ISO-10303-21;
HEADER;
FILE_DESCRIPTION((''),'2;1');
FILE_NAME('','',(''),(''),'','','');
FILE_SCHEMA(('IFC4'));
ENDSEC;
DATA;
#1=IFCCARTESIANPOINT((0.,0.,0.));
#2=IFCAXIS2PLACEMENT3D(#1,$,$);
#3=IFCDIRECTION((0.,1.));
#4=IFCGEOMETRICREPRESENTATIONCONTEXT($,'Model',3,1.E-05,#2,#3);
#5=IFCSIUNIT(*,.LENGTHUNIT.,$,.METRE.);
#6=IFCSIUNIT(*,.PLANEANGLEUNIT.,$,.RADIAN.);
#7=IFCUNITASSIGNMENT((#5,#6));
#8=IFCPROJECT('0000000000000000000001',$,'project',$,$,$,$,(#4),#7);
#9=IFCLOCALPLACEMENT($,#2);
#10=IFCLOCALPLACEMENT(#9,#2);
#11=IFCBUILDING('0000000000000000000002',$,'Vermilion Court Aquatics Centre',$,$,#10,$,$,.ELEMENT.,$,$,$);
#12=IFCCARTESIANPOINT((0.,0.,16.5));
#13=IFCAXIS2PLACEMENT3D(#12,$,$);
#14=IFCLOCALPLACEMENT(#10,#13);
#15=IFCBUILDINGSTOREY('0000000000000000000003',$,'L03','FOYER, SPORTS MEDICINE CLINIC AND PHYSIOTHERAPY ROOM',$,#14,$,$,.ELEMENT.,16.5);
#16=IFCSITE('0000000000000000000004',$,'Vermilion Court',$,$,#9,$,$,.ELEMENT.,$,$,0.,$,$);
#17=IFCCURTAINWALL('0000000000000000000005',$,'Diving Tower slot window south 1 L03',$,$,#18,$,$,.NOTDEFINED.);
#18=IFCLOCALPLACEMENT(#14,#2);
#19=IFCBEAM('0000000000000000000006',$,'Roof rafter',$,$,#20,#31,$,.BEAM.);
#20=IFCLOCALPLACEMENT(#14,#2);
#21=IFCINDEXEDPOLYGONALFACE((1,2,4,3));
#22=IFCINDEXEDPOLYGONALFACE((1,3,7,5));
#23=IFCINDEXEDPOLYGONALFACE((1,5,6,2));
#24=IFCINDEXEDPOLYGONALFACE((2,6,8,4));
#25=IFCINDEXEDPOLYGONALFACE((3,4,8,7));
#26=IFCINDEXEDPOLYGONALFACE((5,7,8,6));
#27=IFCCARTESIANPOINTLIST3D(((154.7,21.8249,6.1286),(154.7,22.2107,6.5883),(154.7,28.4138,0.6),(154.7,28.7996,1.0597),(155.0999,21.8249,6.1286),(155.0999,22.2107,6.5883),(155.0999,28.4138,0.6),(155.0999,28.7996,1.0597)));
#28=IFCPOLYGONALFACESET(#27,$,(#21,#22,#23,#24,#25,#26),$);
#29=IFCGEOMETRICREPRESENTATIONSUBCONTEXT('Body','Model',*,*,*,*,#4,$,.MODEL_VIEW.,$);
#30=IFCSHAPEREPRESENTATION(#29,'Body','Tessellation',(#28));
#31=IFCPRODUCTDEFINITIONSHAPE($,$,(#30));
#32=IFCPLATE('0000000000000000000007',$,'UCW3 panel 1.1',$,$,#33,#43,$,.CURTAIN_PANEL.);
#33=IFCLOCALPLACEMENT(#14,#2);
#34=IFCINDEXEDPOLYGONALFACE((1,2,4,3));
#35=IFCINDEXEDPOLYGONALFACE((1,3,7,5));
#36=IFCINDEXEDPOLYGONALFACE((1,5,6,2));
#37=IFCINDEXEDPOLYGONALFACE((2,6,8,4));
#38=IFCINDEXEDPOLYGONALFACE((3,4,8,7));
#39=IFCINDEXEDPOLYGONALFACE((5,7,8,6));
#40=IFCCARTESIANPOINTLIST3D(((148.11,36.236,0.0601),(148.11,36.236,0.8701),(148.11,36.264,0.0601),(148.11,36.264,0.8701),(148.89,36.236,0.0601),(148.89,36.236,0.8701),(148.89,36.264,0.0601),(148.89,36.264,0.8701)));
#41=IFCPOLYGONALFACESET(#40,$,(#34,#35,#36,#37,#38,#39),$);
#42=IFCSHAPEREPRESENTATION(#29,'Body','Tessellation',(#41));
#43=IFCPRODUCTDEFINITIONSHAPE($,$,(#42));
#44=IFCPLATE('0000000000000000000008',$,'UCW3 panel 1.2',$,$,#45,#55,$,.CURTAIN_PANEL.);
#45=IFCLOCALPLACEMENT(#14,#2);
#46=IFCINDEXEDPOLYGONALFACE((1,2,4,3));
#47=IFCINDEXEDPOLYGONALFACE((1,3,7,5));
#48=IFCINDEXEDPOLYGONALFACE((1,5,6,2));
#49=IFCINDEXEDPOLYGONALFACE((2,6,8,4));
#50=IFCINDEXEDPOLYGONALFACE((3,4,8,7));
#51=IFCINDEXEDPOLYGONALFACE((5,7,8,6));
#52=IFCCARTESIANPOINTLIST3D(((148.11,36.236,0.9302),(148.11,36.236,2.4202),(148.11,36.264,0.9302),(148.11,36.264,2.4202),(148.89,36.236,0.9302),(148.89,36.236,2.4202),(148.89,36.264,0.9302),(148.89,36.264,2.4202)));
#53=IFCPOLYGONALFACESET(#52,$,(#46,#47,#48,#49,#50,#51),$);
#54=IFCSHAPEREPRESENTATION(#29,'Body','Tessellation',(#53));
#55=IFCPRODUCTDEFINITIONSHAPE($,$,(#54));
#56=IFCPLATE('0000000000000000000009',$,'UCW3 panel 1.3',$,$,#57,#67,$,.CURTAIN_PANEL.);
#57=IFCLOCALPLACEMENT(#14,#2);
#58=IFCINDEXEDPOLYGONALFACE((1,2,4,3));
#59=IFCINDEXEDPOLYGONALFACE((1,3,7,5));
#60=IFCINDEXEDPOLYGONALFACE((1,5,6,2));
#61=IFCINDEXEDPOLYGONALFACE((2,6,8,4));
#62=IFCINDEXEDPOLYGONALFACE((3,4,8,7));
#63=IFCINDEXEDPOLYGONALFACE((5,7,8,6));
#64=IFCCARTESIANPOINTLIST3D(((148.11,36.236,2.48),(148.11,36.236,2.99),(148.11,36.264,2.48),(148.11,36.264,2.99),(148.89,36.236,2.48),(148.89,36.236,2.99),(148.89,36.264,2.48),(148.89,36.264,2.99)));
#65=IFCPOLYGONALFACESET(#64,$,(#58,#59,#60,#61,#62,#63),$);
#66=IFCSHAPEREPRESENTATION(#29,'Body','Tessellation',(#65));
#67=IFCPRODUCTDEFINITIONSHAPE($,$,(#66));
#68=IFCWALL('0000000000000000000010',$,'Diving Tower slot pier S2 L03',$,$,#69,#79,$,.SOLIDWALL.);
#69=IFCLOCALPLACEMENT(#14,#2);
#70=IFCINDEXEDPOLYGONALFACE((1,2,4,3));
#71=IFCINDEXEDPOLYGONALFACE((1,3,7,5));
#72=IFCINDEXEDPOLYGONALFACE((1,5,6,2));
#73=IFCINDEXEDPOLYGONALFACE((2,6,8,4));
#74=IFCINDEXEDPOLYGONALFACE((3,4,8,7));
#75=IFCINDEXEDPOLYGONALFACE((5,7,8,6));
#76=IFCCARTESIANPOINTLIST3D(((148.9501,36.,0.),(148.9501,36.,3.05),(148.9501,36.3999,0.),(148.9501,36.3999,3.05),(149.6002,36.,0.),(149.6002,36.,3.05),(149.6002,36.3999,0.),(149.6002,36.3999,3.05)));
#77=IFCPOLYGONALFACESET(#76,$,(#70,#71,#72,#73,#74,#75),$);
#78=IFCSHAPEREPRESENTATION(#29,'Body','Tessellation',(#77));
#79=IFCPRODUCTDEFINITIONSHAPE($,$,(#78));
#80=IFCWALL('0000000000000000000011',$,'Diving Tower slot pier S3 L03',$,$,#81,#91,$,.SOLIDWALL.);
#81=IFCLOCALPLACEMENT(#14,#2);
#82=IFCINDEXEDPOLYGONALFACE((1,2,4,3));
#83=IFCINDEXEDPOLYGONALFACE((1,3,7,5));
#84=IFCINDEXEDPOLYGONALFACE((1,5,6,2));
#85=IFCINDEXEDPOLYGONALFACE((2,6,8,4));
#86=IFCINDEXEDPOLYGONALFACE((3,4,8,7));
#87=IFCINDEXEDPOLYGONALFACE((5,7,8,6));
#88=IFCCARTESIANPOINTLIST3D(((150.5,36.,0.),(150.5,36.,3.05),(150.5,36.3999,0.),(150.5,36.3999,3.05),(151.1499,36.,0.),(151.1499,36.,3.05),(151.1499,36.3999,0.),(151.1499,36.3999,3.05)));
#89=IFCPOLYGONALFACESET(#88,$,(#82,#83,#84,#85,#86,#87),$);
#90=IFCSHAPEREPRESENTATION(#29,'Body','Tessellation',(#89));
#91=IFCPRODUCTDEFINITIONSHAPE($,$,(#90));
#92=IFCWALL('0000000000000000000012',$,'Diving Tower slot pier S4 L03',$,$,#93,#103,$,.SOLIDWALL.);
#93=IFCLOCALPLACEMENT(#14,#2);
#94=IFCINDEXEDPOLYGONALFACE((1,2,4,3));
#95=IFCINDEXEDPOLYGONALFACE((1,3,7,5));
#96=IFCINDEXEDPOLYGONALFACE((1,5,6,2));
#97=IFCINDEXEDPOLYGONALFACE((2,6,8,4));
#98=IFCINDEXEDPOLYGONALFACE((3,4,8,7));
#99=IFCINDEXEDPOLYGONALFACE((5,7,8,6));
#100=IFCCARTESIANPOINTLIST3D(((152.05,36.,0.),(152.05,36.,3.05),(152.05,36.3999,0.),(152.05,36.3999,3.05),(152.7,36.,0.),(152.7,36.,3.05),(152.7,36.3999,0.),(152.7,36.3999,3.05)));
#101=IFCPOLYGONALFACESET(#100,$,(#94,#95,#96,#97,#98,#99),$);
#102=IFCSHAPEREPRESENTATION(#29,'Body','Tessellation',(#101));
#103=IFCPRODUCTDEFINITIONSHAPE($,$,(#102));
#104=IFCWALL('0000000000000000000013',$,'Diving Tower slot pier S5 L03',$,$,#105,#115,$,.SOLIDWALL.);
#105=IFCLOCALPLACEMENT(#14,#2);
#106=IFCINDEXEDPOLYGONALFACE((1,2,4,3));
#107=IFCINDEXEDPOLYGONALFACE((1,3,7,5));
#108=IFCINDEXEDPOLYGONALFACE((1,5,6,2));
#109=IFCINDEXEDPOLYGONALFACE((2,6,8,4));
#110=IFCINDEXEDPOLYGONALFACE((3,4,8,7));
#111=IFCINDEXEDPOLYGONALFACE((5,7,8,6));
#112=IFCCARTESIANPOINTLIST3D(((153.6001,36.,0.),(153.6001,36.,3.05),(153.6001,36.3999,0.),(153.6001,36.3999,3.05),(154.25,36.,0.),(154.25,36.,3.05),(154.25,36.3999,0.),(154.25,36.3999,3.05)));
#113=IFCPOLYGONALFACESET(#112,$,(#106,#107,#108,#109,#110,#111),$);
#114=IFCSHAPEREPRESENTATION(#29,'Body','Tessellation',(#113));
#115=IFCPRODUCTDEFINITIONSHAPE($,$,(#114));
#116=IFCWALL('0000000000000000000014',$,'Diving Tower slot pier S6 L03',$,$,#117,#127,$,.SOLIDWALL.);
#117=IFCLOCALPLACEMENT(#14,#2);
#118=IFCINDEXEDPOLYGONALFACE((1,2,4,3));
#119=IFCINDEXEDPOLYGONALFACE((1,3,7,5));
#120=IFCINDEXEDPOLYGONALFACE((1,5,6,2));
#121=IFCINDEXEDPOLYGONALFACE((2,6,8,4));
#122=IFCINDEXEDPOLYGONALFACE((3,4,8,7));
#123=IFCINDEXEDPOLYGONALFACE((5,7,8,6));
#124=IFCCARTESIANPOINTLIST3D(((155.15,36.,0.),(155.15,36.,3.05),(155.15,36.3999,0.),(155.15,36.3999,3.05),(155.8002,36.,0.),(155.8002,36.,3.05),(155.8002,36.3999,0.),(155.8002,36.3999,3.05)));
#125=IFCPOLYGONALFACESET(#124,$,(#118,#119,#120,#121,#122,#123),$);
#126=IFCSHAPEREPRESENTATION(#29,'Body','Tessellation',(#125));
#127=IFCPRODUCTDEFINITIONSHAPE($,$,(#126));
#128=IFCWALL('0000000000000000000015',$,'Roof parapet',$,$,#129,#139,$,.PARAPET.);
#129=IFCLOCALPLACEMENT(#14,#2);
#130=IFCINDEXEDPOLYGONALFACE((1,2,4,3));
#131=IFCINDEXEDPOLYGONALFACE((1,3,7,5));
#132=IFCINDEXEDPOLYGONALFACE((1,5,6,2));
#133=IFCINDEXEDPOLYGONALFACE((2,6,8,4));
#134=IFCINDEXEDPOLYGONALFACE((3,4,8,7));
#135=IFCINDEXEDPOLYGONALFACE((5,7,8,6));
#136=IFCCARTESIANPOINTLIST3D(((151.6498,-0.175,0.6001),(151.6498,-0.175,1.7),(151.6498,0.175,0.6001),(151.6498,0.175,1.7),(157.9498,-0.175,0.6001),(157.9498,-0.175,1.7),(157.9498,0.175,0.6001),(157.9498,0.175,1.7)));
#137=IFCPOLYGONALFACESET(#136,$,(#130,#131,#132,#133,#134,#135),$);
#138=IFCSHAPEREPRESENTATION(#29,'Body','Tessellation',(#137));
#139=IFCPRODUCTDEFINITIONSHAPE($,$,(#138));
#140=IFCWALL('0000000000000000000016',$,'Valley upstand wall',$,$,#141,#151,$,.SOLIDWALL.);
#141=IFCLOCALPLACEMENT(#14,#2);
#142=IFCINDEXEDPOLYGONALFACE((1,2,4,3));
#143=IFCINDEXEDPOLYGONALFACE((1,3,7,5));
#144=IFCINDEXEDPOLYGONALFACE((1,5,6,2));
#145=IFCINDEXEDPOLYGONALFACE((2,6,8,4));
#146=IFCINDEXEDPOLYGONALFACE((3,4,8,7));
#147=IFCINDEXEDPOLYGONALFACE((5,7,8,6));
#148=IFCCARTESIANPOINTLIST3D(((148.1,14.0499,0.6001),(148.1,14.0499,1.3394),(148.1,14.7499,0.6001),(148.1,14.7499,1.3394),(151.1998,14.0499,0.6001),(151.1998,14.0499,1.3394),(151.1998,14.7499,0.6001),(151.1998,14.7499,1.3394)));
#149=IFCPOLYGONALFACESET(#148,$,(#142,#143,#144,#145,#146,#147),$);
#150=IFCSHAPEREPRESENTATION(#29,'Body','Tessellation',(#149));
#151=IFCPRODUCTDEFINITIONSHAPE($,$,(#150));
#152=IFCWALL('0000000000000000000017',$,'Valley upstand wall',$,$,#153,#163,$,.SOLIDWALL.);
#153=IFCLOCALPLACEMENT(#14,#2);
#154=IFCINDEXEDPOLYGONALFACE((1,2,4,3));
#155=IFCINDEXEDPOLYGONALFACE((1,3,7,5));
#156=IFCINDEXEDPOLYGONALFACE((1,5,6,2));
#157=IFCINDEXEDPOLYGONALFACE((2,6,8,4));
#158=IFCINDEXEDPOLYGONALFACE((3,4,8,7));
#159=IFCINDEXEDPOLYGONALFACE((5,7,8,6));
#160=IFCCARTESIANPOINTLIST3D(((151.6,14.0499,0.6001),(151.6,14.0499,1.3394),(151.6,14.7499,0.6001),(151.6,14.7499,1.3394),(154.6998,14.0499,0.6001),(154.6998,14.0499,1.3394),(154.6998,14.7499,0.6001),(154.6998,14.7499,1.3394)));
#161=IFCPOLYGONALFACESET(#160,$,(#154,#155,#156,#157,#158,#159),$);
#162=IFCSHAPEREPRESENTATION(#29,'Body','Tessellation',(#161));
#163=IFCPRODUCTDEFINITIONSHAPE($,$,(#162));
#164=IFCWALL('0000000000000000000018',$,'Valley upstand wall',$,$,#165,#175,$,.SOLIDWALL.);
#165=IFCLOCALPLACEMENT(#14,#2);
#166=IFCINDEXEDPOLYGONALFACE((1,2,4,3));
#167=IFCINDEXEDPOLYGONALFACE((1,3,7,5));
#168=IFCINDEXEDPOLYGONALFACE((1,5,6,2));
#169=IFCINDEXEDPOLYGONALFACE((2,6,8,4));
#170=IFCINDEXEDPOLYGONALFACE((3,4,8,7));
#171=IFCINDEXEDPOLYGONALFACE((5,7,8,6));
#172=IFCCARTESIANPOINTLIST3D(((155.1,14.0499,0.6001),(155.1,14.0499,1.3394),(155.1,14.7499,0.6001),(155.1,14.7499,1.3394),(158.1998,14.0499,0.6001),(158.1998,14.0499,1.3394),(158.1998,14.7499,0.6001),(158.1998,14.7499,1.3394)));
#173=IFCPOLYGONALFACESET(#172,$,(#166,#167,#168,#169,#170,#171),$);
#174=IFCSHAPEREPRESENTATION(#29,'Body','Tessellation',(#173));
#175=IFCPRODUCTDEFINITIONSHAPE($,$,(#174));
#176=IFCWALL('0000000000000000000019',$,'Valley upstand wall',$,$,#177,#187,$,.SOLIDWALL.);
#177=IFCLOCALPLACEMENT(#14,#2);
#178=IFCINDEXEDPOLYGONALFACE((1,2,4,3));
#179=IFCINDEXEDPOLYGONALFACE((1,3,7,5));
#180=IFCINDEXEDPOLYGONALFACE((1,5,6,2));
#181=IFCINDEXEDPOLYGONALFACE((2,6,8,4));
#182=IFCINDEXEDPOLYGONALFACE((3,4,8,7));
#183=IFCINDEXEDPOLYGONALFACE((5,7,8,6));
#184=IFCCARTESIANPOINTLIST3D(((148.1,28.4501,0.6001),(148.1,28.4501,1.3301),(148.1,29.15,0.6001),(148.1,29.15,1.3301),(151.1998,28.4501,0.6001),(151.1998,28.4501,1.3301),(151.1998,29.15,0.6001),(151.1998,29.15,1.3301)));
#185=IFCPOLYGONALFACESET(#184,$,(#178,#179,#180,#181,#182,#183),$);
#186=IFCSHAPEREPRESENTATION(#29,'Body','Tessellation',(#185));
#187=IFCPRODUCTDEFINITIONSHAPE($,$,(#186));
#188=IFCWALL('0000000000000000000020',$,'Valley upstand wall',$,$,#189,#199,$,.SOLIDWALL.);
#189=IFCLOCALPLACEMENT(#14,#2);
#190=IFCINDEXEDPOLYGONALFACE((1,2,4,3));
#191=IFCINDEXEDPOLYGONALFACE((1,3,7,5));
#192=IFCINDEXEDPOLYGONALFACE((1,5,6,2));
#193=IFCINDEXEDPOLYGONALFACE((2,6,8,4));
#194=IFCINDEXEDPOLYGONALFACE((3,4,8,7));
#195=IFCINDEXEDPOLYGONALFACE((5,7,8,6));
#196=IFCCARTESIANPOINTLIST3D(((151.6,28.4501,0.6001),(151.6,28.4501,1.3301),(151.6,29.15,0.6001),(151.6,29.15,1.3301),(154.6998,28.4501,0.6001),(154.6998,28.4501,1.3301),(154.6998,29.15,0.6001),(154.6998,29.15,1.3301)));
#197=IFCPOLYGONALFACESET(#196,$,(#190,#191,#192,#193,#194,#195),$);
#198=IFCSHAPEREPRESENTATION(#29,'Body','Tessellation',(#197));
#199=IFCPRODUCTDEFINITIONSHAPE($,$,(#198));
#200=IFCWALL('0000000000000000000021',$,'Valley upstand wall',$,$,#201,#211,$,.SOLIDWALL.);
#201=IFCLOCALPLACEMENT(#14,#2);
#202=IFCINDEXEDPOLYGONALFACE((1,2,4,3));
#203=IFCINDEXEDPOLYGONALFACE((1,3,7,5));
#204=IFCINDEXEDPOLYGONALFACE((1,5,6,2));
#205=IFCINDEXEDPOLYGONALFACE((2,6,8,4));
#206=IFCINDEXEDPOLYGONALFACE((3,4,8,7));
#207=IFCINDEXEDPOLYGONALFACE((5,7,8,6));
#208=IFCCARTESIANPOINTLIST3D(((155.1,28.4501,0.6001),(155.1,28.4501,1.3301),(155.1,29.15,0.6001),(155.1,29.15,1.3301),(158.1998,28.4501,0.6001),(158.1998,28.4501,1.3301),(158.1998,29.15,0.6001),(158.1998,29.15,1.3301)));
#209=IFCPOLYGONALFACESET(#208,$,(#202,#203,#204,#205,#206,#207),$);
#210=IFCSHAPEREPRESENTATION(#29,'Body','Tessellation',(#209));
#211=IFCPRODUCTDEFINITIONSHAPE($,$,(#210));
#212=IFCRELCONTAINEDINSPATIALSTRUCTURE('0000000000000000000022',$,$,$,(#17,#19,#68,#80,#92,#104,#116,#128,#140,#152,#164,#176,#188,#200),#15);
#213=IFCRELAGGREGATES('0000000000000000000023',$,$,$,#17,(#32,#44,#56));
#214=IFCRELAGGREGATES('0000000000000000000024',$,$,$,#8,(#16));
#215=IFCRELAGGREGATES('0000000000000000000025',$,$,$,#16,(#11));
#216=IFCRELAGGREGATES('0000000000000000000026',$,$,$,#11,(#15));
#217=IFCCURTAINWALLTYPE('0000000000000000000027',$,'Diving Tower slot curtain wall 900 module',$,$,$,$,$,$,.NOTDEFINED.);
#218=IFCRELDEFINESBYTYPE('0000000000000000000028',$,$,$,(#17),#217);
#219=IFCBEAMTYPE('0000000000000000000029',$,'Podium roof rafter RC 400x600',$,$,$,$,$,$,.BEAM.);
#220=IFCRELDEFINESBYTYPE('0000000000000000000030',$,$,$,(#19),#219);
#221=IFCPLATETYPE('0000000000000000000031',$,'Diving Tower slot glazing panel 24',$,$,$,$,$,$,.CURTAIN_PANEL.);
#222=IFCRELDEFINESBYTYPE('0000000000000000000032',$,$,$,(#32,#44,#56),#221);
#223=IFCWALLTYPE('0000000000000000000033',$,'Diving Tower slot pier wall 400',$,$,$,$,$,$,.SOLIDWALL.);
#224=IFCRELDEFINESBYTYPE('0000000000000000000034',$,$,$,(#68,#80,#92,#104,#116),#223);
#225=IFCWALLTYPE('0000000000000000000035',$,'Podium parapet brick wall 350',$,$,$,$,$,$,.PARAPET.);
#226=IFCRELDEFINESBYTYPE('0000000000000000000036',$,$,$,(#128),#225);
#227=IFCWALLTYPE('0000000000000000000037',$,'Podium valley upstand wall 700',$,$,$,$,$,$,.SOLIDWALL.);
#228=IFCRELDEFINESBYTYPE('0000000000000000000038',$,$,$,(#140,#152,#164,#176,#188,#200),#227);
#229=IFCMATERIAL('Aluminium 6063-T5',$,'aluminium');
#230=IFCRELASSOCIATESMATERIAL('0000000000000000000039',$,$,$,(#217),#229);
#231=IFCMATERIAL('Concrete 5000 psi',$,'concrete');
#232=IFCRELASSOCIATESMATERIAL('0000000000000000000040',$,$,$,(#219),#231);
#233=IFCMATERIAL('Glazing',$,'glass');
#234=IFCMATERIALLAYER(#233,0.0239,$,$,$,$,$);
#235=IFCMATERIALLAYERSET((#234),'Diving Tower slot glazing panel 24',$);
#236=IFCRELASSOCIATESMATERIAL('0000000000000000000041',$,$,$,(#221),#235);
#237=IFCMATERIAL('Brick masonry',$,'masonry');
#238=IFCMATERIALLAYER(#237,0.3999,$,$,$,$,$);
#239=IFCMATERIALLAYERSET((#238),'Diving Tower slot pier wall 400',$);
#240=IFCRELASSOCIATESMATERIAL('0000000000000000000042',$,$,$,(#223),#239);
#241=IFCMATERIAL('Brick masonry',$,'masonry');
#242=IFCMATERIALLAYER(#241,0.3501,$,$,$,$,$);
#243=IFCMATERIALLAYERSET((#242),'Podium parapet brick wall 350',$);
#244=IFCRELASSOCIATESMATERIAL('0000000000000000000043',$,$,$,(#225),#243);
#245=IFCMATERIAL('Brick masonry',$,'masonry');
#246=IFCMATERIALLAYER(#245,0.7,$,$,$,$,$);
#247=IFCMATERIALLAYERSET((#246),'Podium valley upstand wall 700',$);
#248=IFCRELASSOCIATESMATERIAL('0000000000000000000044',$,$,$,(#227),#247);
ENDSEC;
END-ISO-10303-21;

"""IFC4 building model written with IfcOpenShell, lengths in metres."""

from ifc_helpers import new_model, si_unit, direction, frame, frame_2d, origin, origin_2d, place, context, subcontext, project, spatial, rectangle, extrude, material, layer, layer_set, material_profile, profile_set, type_object, element, aggregate, save


model = new_model("IFC4")

# Units and contexts
model_context = context("Model", 3, precision=1e-05, world=origin(), true_north=direction((0.0, 1.0)))
body_context = subcontext(model_context, "Body", "Model", "MODEL_VIEW")
ifc_project = project(units=[si_unit("LENGTHUNIT", "METRE"), si_unit("PLANEANGLEUNIT", "RADIAN")], contexts=[model_context])

# Site, building, storey
site_placement = place(None, origin())
site = spatial("IfcSite", under=ifc_project, at=site_placement, Name="Vermilion Court", CompositionType="ELEMENT", RefElevation=0.0)
building_placement = place(site_placement, origin())
building = spatial("IfcBuilding", under=site, at=building_placement, Name="Vermilion Court Aquatics Centre", CompositionType="ELEMENT")
storey_placement = place(building_placement, frame((0.0, 0.0, 16.5)))
storey = spatial("IfcBuildingStorey", under=building, at=storey_placement, Name="L03", Description="FOYER, SPORTS MEDICINE CLINIC AND PHYSIOTHERAPY ROOM", CompositionType="ELEMENT", Elevation=16.5)

# Curtain wall
ifc_material_1 = material(Name="Aluminium 6063-T5", Category="aluminium")
curtain_wall_type = type_object("IfcCurtainWallType", Name="Diving Tower slot curtain wall 900 module", PredefinedType="NOTDEFINED", material=ifc_material_1)
curtain_wall_placement = place(storey_placement, origin())
curtain_wall = element("IfcCurtainWall", 1, at=curtain_wall_placement, inside=storey, type_object=curtain_wall_type, Name="Diving Tower slot window south 1 L03", PredefinedType="NOTDEFINED")

# Beam
ifc_material_2 = material(Name="Concrete 5000 psi", Category="concrete")
ifc_material_profile_1 = material_profile(ifc_material_2, rectangle(XDim=0.3999, YDim=0.6001, at=origin_2d()), Name="RC 400x600")
ifc_profile_set_1 = profile_set([ifc_material_profile_1], Name="Concrete 5000 psi")
beam_type = type_object("IfcBeamType", Name="Podium roof rafter RC 400x600", PredefinedType="BEAM", material=ifc_profile_set_1)
for number, where, z_axis, x_axis, name in (
    (2, (154.8999, 28.6067, 0.8298), (0.0, -0.766053, 0.642777), (1.0, 0.0, 0.0), "Roof rafter"),
):
    element("IfcBeam", number, at=place(storey_placement, frame(where, z_axis=z_axis, x_axis=x_axis)), inside=storey, type_object=beam_type, Name=name, PredefinedType="BEAM", context=body_context, shape_type="SweptSolid", body=[
        extrude(rectangle(XDim=0.3999, YDim=0.6001, at=origin_2d()), origin(), (0.0, 0.0, 1.0), 8.6011),
    ])

# Plates
ifc_material_3 = material(Name="Glazing", Category="glass")
ifc_layer_1 = layer(ifc_material_3, 0.0239)
ifc_layer_set_1 = layer_set([ifc_layer_1], Name="Diving Tower slot glazing panel 24")
plate_type = type_object("IfcPlateType", Name="Diving Tower slot glazing panel 24", PredefinedType="CURTAIN_PANEL", material=ifc_layer_set_1)
plate_1_placement = place(storey_placement, frame((148.5, 36.25, 0.0601), z_axis=(0.0, 0.0, 1.0), x_axis=(1.0, 0.0, 0.0)))
plate_1 = element("IfcPlate", 3, at=plate_1_placement, type_object=plate_type, Name="UCW3 panel 1.1", PredefinedType="CURTAIN_PANEL", context=body_context, shape_type="SweptSolid", body=[
    extrude(rectangle(XDim=0.78, YDim=0.0281, at=origin_2d()), origin(), (0.0, 0.0, 1.0), 0.8101),
])
plate_2_placement = place(storey_placement, frame((148.5, 36.25, 0.9302), z_axis=(0.0, 0.0, 1.0), x_axis=(1.0, 0.0, 0.0)))
plate_2 = element("IfcPlate", 4, at=plate_2_placement, type_object=plate_type, Name="UCW3 panel 1.2", PredefinedType="CURTAIN_PANEL", context=body_context, shape_type="SweptSolid", body=[
    extrude(rectangle(XDim=0.78, YDim=0.0281, at=origin_2d()), origin(), (0.0, 0.0, 1.0), 1.49),
])
plate_3_placement = place(storey_placement, frame((148.5, 36.25, 2.48), z_axis=(0.0, 0.0, 1.0), x_axis=(1.0, 0.0, 0.0)))
plate_3 = element("IfcPlate", 5, at=plate_3_placement, type_object=plate_type, Name="UCW3 panel 1.3", PredefinedType="CURTAIN_PANEL", context=body_context, shape_type="SweptSolid", body=[
    extrude(rectangle(XDim=0.78, YDim=0.0281, at=origin_2d()), origin(), (0.0, 0.0, 1.0), 0.51),
])
aggregate(curtain_wall, [plate_1, plate_2, plate_3])

# Walls
ifc_material_4 = material(Name="Brick masonry", Category="masonry")
ifc_layer_2 = layer(ifc_material_4, 0.3999)
ifc_layer_set_2 = layer_set([ifc_layer_2], Name="Diving Tower slot pier wall 400")
wall_type_1 = type_object("IfcWallType", Name="Diving Tower slot pier wall 400", PredefinedType="SOLIDWALL", material=ifc_layer_set_2)
wall_1_placement = place(storey_placement, frame((148.95, 36.2, 0.0), z_axis=(0.0, 0.0, 1.0), x_axis=(1.0, 0.0, 0.0)))
element("IfcWall", 6, at=wall_1_placement, inside=storey, type_object=wall_type_1, Name="Diving Tower slot pier S2 L03", PredefinedType="SOLIDWALL", context=body_context, shape_type="SweptSolid", body=[
    extrude(rectangle(XDim=0.6501, YDim=0.3999, at=frame_2d((0.3252, 0.0))), origin(), (0.0, 0.0, 1.0), 3.05),
])
for number, where, z_axis, x_axis, name in (
    (7, (150.5, 36.2, 0.0), (0.0, 0.0, 1.0), (1.0, 0.0, 0.0), "Diving Tower slot pier S3 L03"),
    (8, (152.05, 36.2, 0.0), (0.0, 0.0, 1.0), (1.0, 0.0, 0.0), "Diving Tower slot pier S4 L03"),
    (9, (153.6001, 36.2, 0.0), (0.0, 0.0, 1.0), (1.0, 0.0, 0.0), "Diving Tower slot pier S5 L03"),
):
    element("IfcWall", number, at=place(storey_placement, frame(where, z_axis=z_axis, x_axis=x_axis)), inside=storey, type_object=wall_type_1, Name=name, PredefinedType="SOLIDWALL", context=body_context, shape_type="SweptSolid", body=[
        extrude(rectangle(XDim=0.6499, YDim=0.3999, at=frame_2d((0.325, 0.0))), origin(), (0.0, 0.0, 1.0), 3.05),
    ])
wall_2_placement = place(storey_placement, frame((155.1499, 36.2, 0.0), z_axis=(0.0, 0.0, 1.0), x_axis=(1.0, 0.0, 0.0)))
element("IfcWall", 10, at=wall_2_placement, inside=storey, type_object=wall_type_1, Name="Diving Tower slot pier S6 L03", PredefinedType="SOLIDWALL", context=body_context, shape_type="SweptSolid", body=[
    extrude(rectangle(XDim=0.6501, YDim=0.3999, at=frame_2d((0.3252, 0.0))), origin(), (0.0, 0.0, 1.0), 3.05),
])
ifc_material_5 = material(Name="Brick masonry", Category="masonry")
ifc_layer_3 = layer(ifc_material_5, 0.3501)
ifc_layer_set_3 = layer_set([ifc_layer_3], Name="Podium parapet brick wall 350")
wall_type_2 = type_object("IfcWallType", Name="Podium parapet brick wall 350", PredefinedType="PARAPET", material=ifc_layer_set_3)
wall_3_placement = place(storey_placement, frame((151.6499, 0.0, 0.6001), z_axis=(0.0, 0.0, 1.0), x_axis=(1.0, 0.0, 0.0)))
element("IfcWall", 11, at=wall_3_placement, inside=storey, type_object=wall_type_2, Name="Roof parapet", PredefinedType="PARAPET", context=body_context, shape_type="SweptSolid", body=[
    extrude(rectangle(XDim=6.3, YDim=0.3501, at=frame_2d((3.1499, 0.0))), origin(), (0.0, 0.0, 1.0), 1.0999),
])
ifc_material_6 = material(Name="Brick masonry", Category="masonry")
ifc_layer_4 = layer(ifc_material_6, 0.7)
ifc_layer_set_4 = layer_set([ifc_layer_4], Name="Podium valley upstand wall 700")
wall_type_3 = type_object("IfcWallType", Name="Podium valley upstand wall 700", PredefinedType="SOLIDWALL", material=ifc_layer_set_4)
for number, where, z_axis, x_axis, name in (
    (12, (148.1001, 14.3999, 0.6001), (0.0, 0.0, 1.0), (1.0, 0.0, 0.0), "Valley upstand wall"),
    (13, (151.6001, 14.3999, 0.6001), (0.0, 0.0, 1.0), (1.0, 0.0, 0.0), "Valley upstand wall"),
    (14, (155.1001, 14.3999, 0.6001), (0.0, 0.0, 1.0), (1.0, 0.0, 0.0), "Valley upstand wall"),
):
    element("IfcWall", number, at=place(storey_placement, frame(where, z_axis=z_axis, x_axis=x_axis)), inside=storey, type_object=wall_type_3, Name=name, PredefinedType="SOLIDWALL", context=body_context, shape_type="SweptSolid", body=[
        extrude(rectangle(XDim=3.0999, YDim=0.7, at=frame_2d((1.5498, 0.0))), origin(), (0.0, 0.0, 1.0), 0.7393),
    ])
for number, where, z_axis, x_axis, name in (
    (15, (148.1001, 28.8, 0.6001), (0.0, 0.0, 1.0), (1.0, 0.0, 0.0), "Valley upstand wall"),
    (16, (151.6001, 28.8, 0.6001), (0.0, 0.0, 1.0), (1.0, 0.0, 0.0), "Valley upstand wall"),
    (17, (155.1001, 28.8, 0.6001), (0.0, 0.0, 1.0), (1.0, 0.0, 0.0), "Valley upstand wall"),
):
    element("IfcWall", number, at=place(storey_placement, frame(where, z_axis=z_axis, x_axis=x_axis)), inside=storey, type_object=wall_type_3, Name=name, PredefinedType="SOLIDWALL", context=body_context, shape_type="SweptSolid", body=[
        extrude(rectangle(XDim=3.0999, YDim=0.7, at=frame_2d((1.5498, 0.0))), origin(), (0.0, 0.0, 1.0), 0.73),
    ])

save(model, "model.ifc")
